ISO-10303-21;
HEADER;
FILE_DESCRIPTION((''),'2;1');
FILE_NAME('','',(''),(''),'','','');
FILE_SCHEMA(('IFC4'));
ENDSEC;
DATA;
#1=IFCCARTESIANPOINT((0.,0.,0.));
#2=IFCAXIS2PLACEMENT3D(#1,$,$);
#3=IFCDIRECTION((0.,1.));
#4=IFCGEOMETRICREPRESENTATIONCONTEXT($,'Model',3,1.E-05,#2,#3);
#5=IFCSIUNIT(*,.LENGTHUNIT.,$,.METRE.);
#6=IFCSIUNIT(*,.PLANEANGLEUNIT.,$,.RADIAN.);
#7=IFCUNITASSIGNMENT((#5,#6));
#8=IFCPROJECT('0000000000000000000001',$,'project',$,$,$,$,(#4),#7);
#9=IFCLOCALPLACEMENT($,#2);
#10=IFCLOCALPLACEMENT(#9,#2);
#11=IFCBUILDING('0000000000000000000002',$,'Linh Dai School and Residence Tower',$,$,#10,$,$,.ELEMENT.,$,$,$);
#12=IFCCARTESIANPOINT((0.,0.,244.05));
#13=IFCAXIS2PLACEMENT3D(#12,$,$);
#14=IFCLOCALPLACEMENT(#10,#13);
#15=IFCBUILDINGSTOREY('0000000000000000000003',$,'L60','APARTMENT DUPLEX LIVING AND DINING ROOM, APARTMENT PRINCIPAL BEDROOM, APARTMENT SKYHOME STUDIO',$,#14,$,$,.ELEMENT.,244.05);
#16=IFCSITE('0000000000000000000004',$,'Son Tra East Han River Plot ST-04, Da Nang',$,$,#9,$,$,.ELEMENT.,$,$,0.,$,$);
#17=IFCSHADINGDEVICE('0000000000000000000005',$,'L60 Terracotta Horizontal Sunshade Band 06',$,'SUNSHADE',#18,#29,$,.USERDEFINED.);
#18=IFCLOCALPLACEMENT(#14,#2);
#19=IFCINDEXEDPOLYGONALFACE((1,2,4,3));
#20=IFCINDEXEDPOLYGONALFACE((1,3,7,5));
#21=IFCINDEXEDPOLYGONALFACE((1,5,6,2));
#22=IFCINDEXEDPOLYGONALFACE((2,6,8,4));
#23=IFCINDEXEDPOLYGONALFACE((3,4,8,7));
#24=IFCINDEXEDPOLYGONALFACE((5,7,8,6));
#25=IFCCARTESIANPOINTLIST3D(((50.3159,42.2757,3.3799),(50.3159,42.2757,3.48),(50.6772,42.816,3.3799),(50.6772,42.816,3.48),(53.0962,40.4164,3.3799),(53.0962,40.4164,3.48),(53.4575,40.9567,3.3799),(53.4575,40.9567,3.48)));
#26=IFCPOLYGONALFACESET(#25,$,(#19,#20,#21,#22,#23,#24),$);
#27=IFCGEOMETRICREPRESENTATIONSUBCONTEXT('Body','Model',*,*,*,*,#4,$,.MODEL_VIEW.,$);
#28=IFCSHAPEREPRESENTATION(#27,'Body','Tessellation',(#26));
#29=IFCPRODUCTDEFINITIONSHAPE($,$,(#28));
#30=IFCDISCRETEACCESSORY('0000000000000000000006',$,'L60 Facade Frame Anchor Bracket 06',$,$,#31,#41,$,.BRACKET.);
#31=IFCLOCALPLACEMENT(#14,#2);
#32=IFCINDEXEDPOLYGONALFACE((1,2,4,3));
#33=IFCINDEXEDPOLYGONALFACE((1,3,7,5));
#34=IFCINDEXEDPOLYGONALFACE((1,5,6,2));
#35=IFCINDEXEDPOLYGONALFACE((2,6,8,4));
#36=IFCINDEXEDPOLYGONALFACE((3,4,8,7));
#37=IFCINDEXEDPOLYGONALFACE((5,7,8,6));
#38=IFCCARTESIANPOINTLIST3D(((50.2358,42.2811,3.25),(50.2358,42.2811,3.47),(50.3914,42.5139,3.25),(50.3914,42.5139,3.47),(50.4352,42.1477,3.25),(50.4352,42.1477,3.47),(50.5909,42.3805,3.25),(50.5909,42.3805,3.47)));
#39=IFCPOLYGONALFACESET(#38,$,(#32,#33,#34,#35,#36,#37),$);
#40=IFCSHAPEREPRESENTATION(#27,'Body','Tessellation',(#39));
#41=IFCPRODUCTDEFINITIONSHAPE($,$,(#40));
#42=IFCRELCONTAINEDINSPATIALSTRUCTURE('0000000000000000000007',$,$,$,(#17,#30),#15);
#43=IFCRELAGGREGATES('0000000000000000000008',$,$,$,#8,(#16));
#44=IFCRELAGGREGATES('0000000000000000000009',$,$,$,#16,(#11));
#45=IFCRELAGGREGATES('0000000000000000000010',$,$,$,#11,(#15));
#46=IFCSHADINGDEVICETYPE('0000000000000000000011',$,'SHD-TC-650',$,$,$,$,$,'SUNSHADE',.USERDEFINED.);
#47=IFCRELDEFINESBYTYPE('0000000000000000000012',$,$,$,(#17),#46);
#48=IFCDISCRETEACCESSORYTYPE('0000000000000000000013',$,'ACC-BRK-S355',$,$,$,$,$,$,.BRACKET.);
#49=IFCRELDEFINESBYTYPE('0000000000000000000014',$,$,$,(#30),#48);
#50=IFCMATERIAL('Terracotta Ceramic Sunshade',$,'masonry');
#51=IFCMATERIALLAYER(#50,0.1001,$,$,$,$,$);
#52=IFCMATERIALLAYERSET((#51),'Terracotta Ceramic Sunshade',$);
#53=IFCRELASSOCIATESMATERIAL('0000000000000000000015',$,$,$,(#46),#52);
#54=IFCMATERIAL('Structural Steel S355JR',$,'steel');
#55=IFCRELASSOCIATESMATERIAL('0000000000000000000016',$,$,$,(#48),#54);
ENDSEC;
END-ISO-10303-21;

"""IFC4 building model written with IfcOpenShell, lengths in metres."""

from ifc_helpers import new_model, si_unit, direction, frame, origin, origin_2d, place, context, subcontext, project, spatial, rectangle, extrude, source, transform, mapped, material, layer, layer_set, type_object, element, save


model = new_model("IFC4")

# Units and contexts
model_context = context("Model", 3, precision=1e-05, world=origin(), true_north=direction((0.0, 1.0)))
body_context = subcontext(model_context, "Body", "Model", "MODEL_VIEW")
ifc_project = project(units=[si_unit("LENGTHUNIT", "METRE"), si_unit("PLANEANGLEUNIT", "RADIAN")], contexts=[model_context])

# Site, building, storey
site_placement = place(None, origin())
site = spatial("IfcSite", under=ifc_project, at=site_placement, Name="Son Tra East Han River Plot ST-04, Da Nang", CompositionType="ELEMENT", RefElevation=0.0)
building_placement = place(site_placement, origin())
building = spatial("IfcBuilding", under=site, at=building_placement, Name="Linh Dai School and Residence Tower", CompositionType="ELEMENT")
storey_placement = place(building_placement, frame((0.0, 0.0, 244.05)))
storey = spatial("IfcBuildingStorey", under=building, at=storey_placement, Name="L60", Description="APARTMENT DUPLEX LIVING AND DINING ROOM, APARTMENT PRINCIPAL BEDROOM, APARTMENT SKYHOME STUDIO", CompositionType="ELEMENT", Elevation=244.05)

# Shared definitions
ifc_material_1 = material(Name="Structural Steel S355JR", Category="steel")

# Shading device
ifc_material_2 = material(Name="Terracotta Ceramic Sunshade", Category="masonry")
ifc_layer_1 = layer(ifc_material_2, 0.1001)
ifc_layer_set_1 = layer_set([ifc_layer_1], Name="Terracotta Ceramic Sunshade")
shading_device_type = type_object("IfcShadingDeviceType", Name="SHD-TC-650", ElementType="SUNSHADE", PredefinedType="USERDEFINED", material=ifc_layer_set_1)
shared_shape_1 = source(origin(), body_context, "Body", "SweptSolid", [
    extrude(rectangle(XDim=3.3447, YDim=0.6499, at=origin_2d()), origin(), (0.0, 0.0, 1.0), 0.1001),
])
shading_device_placement = place(storey_placement, frame((51.8867, 41.6162, 3.3799), z_axis=(0.0, 0.0, 1.0), x_axis=(0.831258, -0.555887, 0.0)))
element("IfcShadingDevice", 1, at=shading_device_placement, inside=storey, type_object=shading_device_type, Name="L60 Terracotta Horizontal Sunshade Band 06", ObjectType="SUNSHADE", PredefinedType="USERDEFINED", context=body_context, shape_type="MappedRepresentation", body=[
    mapped(shared_shape_1, transform((0.0, 0.0, 0.0), x_axis=(1.0, 0.0, 0.0), y_axis=(0.0, 1.0, 0.0), z_axis=(0.0, 0.0, 1.0), scale=1.0)),
])

# Discrete accessory
discrete_accessory_type = type_object("IfcDiscreteAccessoryType", Name="ACC-BRK-S355", PredefinedType="BRACKET", material=ifc_material_1)
shared_shape_2 = source(origin(), body_context, "Body", "SweptSolid", [
    extrude(rectangle(XDim=0.28, YDim=0.24, at=origin_2d()), origin(), (0.0, 0.0, 1.0), 0.22),
])
discrete_accessory_placement = place(storey_placement, frame((50.4133, 42.3308, 3.25), z_axis=(0.0, 0.0, 1.0), x_axis=(0.555887, 0.831258, 0.0)))
element("IfcDiscreteAccessory", 2, at=discrete_accessory_placement, inside=storey, type_object=discrete_accessory_type, Name="L60 Facade Frame Anchor Bracket 06", PredefinedType="BRACKET", context=body_context, shape_type="MappedRepresentation", body=[
    mapped(shared_shape_2, transform((0.0, 0.0, 0.0), x_axis=(1.0, 0.0, 0.0), y_axis=(0.0, 1.0, 0.0), z_axis=(0.0, 0.0, 1.0), scale=1.0)),
])

save(model, "model.ifc")
